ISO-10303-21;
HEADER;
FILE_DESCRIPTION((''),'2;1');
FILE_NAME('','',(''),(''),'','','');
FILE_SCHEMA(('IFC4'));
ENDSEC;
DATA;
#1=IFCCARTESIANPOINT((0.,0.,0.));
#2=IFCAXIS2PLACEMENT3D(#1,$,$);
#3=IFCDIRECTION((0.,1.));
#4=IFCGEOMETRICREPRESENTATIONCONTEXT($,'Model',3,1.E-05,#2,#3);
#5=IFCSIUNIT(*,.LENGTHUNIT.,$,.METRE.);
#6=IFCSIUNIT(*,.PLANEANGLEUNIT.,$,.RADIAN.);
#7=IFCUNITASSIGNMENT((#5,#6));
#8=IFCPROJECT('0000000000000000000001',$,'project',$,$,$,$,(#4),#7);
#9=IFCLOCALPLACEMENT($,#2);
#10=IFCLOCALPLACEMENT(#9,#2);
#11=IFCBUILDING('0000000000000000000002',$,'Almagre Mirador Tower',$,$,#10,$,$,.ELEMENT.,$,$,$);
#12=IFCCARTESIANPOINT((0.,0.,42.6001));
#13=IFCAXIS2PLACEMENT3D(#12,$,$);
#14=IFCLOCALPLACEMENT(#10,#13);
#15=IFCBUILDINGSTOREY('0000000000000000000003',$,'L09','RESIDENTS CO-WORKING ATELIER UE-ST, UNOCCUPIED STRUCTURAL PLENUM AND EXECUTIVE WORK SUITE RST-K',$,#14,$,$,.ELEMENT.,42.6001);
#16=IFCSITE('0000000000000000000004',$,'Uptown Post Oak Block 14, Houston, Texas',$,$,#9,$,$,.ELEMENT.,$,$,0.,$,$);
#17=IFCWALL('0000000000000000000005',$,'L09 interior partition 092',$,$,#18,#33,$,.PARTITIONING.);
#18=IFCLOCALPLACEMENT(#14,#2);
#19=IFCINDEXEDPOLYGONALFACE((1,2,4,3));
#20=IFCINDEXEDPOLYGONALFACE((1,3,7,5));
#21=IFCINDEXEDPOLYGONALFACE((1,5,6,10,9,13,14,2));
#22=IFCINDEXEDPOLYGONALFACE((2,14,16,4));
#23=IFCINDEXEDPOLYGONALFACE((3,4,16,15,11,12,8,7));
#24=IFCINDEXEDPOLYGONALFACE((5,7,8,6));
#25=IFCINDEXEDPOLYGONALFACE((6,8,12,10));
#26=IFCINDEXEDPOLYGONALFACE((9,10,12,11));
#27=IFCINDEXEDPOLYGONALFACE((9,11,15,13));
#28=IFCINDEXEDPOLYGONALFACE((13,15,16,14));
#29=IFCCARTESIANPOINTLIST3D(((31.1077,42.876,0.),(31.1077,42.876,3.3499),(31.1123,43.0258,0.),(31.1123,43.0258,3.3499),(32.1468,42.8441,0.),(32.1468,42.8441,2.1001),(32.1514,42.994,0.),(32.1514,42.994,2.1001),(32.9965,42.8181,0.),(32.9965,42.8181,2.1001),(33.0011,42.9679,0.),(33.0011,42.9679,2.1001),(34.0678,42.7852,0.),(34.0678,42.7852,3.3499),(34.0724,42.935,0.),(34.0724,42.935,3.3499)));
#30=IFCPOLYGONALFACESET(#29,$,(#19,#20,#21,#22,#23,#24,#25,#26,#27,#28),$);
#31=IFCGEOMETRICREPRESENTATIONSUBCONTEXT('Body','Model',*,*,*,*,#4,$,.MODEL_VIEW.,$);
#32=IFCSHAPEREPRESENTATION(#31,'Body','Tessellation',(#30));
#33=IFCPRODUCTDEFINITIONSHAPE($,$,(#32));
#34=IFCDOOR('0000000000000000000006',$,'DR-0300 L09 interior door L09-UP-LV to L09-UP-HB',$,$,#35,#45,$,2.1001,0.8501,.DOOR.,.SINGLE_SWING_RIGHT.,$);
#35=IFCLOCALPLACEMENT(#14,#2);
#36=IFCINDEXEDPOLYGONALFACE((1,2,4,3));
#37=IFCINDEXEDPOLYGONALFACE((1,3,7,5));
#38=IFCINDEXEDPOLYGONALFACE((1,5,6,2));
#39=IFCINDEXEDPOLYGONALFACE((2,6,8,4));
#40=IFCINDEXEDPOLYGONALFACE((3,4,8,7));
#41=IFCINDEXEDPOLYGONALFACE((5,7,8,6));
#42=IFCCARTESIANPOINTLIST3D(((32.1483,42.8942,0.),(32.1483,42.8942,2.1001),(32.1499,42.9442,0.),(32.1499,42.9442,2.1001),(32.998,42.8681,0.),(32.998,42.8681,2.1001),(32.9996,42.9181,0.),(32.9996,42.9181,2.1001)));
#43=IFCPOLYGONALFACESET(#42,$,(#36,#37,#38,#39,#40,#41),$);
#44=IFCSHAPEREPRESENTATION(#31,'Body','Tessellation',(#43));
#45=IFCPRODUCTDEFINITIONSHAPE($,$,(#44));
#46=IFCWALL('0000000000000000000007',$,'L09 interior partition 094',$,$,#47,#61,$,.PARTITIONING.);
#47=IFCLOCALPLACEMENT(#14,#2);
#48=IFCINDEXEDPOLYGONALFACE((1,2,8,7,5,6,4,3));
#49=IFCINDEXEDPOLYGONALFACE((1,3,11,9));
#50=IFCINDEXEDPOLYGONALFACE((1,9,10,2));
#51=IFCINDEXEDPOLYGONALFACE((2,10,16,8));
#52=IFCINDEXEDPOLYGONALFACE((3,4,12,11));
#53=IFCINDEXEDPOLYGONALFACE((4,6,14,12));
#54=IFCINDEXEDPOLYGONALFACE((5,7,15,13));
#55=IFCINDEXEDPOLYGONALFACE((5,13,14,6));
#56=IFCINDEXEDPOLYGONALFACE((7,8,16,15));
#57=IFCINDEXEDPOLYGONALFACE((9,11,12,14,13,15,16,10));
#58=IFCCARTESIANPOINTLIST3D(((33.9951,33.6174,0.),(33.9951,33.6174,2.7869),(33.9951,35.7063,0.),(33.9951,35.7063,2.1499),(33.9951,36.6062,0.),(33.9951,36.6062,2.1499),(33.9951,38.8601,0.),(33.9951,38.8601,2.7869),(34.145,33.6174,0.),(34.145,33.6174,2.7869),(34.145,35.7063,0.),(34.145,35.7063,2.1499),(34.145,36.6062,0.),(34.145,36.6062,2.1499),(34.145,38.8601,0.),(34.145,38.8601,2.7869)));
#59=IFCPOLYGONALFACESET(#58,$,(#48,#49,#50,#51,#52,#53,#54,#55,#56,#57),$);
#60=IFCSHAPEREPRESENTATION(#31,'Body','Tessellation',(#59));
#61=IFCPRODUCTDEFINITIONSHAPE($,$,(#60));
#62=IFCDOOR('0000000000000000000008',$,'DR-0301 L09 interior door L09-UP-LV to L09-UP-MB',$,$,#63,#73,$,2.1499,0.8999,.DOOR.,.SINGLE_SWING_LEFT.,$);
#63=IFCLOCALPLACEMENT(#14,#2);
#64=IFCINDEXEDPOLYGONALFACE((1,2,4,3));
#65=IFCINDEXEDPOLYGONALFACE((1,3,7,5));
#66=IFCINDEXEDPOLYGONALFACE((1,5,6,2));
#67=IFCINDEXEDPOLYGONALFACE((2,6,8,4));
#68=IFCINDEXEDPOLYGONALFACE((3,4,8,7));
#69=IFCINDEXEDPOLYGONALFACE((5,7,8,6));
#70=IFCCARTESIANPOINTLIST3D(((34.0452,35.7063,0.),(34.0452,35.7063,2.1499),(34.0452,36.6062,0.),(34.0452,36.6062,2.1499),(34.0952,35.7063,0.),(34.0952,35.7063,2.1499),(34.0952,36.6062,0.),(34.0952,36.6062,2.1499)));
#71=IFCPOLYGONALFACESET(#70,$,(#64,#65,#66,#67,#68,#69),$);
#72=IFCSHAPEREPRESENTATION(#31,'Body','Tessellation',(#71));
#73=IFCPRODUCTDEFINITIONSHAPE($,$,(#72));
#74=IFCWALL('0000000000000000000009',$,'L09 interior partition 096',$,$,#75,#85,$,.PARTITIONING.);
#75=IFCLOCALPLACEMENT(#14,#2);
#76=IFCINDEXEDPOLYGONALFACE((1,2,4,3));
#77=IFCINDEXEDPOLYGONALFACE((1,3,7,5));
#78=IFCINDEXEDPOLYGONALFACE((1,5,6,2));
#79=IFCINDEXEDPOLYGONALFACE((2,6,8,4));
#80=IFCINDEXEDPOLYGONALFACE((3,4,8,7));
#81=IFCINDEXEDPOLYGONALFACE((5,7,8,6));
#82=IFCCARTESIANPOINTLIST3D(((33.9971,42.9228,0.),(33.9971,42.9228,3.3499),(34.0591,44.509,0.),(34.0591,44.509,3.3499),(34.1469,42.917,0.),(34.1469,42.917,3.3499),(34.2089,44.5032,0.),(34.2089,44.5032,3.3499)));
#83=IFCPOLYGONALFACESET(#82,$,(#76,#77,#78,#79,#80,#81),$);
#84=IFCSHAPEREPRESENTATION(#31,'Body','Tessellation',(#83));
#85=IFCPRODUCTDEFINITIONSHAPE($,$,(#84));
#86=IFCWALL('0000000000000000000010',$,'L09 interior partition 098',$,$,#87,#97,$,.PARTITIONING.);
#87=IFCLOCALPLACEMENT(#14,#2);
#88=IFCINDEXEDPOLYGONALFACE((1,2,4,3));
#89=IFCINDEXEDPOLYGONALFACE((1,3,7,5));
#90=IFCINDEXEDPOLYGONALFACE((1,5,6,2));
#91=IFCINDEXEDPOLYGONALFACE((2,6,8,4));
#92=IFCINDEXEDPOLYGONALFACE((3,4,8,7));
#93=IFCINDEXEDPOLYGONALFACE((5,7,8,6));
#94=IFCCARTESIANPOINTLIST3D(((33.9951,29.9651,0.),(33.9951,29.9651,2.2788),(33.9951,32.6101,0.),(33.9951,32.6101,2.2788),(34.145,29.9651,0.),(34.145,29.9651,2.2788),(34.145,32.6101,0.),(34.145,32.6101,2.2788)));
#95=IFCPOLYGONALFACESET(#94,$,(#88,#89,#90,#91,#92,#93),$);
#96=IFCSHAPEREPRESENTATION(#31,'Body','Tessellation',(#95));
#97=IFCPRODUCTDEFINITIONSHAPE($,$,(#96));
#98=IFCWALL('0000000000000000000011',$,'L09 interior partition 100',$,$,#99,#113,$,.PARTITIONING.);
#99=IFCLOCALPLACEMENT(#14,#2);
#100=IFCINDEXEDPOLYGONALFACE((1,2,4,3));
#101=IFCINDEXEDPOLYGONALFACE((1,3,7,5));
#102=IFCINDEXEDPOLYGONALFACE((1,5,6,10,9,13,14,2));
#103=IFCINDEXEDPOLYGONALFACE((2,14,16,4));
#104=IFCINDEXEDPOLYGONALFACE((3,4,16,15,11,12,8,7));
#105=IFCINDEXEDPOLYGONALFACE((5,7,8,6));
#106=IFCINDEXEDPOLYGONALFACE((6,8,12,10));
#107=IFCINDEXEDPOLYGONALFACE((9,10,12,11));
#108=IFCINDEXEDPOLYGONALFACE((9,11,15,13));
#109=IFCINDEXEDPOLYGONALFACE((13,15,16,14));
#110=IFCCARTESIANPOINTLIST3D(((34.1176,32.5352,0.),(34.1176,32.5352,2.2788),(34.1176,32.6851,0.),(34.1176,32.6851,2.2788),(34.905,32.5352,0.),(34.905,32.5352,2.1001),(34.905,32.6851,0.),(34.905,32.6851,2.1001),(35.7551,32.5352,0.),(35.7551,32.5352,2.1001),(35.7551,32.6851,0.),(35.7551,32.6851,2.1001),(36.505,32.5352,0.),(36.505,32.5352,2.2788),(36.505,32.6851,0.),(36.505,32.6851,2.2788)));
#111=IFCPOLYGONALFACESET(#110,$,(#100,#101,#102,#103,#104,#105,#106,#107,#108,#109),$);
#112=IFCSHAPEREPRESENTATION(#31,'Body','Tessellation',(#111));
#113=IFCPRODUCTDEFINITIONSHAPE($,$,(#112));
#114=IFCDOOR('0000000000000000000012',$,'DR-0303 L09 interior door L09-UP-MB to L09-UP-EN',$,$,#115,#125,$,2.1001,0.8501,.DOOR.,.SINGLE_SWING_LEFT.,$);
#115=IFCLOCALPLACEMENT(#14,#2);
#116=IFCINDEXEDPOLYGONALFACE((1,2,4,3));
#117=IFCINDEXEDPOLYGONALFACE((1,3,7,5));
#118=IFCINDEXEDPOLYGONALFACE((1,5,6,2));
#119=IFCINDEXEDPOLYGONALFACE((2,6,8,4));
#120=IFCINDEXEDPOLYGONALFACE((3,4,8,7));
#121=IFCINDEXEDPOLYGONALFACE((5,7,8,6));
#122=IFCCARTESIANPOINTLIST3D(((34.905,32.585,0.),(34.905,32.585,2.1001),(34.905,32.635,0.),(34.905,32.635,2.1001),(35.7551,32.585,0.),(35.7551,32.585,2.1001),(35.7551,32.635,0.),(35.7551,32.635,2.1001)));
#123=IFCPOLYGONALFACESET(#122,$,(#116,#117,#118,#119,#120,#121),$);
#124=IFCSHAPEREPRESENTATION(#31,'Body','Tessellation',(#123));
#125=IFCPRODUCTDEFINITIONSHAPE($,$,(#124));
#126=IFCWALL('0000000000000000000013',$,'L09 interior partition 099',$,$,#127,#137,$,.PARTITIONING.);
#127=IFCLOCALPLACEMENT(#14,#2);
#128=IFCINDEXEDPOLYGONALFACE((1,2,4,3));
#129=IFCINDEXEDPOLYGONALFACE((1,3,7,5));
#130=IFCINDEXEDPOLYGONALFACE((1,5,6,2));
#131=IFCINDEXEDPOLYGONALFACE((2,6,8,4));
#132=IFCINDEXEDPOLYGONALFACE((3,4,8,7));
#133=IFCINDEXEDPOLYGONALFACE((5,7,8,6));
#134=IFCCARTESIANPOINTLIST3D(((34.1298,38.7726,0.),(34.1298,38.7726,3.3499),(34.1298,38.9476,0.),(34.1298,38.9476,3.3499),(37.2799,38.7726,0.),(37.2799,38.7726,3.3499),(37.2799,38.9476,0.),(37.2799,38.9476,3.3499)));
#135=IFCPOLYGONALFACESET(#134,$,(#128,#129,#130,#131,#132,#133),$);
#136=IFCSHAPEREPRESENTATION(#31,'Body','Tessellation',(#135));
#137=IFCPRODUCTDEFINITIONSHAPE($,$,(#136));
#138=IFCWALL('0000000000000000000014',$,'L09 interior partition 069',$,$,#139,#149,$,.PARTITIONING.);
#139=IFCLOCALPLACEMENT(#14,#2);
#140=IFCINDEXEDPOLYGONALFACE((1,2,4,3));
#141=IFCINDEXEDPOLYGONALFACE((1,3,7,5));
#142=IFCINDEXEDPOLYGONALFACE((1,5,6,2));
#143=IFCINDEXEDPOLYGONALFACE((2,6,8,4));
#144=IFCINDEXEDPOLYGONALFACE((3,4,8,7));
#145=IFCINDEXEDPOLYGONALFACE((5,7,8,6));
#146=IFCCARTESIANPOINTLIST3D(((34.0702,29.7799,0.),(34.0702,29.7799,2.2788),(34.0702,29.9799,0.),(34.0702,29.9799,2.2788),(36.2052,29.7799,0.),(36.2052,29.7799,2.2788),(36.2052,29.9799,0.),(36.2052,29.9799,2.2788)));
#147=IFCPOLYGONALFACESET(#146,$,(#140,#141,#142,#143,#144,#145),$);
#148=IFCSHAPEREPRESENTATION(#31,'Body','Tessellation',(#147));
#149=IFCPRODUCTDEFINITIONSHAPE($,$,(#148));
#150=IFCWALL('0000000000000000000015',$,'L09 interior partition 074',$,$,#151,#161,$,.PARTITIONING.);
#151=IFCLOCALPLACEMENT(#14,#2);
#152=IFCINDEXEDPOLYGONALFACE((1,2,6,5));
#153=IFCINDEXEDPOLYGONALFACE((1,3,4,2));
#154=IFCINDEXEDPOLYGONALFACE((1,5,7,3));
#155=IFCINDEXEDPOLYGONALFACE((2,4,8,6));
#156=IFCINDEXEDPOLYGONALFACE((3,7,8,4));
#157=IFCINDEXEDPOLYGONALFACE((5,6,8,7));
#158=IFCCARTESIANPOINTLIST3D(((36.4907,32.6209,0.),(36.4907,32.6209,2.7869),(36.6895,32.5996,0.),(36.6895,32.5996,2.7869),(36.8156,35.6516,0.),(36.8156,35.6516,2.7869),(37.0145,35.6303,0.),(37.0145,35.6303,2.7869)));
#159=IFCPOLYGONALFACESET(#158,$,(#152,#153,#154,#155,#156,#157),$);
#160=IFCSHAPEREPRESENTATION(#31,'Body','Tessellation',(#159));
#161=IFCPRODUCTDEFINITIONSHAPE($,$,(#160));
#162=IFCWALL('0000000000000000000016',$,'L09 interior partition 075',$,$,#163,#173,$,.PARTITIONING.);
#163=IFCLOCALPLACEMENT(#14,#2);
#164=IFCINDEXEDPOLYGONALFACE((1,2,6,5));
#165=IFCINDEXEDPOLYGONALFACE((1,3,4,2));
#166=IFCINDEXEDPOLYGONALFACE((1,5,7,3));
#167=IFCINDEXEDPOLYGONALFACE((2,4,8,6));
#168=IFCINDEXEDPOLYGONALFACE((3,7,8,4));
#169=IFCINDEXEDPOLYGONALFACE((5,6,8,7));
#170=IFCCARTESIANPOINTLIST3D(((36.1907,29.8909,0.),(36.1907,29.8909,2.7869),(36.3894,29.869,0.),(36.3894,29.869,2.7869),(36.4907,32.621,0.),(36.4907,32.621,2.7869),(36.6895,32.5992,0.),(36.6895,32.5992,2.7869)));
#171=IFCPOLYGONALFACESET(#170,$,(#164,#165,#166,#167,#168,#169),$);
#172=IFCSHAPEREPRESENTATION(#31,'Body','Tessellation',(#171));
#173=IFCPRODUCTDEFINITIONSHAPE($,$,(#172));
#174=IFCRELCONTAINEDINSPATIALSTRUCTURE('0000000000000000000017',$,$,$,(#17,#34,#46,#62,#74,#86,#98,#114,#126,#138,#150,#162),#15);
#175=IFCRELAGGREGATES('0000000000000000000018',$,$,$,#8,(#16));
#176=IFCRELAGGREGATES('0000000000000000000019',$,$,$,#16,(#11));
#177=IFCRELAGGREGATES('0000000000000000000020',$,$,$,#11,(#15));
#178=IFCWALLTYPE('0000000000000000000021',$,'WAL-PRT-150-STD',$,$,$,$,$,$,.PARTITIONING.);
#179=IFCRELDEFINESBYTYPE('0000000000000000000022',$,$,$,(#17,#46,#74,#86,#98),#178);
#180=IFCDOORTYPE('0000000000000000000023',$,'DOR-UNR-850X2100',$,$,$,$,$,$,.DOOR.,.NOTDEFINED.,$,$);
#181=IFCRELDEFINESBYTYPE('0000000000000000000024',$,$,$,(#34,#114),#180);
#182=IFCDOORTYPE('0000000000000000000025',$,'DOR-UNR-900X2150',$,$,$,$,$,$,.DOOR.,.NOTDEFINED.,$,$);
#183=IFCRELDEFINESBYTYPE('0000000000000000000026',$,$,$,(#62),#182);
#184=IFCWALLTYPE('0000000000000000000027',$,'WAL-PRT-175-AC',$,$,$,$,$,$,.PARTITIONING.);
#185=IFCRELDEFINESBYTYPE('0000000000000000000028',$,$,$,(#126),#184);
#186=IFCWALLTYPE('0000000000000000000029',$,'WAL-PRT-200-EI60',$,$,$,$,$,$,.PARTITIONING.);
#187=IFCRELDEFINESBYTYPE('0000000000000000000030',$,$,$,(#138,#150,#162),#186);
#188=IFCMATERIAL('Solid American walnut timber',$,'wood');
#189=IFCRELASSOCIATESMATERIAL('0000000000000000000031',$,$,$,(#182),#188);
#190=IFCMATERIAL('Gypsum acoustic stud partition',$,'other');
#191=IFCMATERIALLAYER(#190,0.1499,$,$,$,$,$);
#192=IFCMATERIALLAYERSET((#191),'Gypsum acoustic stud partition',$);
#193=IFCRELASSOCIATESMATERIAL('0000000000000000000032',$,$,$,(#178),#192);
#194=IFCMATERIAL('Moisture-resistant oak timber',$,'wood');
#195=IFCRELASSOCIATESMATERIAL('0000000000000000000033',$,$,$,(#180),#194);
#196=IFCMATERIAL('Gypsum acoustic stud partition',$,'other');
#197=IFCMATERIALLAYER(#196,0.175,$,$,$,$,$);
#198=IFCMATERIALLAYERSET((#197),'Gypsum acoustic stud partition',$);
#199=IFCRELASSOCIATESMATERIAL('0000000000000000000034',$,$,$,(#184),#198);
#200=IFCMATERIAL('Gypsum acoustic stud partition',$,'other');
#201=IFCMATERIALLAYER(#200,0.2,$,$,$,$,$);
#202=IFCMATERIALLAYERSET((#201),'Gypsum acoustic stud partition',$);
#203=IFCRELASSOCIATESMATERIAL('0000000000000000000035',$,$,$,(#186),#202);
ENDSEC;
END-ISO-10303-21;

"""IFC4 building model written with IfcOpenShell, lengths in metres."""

from ifc_helpers import new_model, si_unit, direction, frame, frame_2d, origin, place, context, subcontext, project, spatial, rectangle, extrude, material, layer, layer_set, type_object, element, fill, save


model = new_model("IFC4")

# Units and contexts
model_context = context("Model", 3, precision=1e-05, world=origin(), true_north=direction((0.0, 1.0)))
body_context = subcontext(model_context, "Body", "Model", "MODEL_VIEW")
ifc_project = project(units=[si_unit("LENGTHUNIT", "METRE"), si_unit("PLANEANGLEUNIT", "RADIAN")], contexts=[model_context])

# Site, building, storey
site_placement = place(None, origin())
site = spatial("IfcSite", under=ifc_project, at=site_placement, Name="Uptown Post Oak Block 14, Houston, Texas", CompositionType="ELEMENT", RefElevation=0.0)
building_placement = place(site_placement, origin())
building = spatial("IfcBuilding", under=site, at=building_placement, Name="Almagre Mirador Tower", CompositionType="ELEMENT")
storey_placement = place(building_placement, frame((0.0, 0.0, 42.6001)))
storey = spatial("IfcBuildingStorey", under=building, at=storey_placement, Name="L09", Description="RESIDENTS CO-WORKING ATELIER UE-ST, UNOCCUPIED STRUCTURAL PLENUM AND EXECUTIVE WORK SUITE RST-K", CompositionType="ELEMENT", Elevation=42.6001)

# Shared definitions
ifc_material_1 = material(Name="Solid American walnut timber", Category="wood")
door_type_1 = type_object("IfcDoorType", Name="DOR-UNR-900X2150", OperationType="NOTDEFINED", PredefinedType="DOOR", material=ifc_material_1)

# Walls, openings, doors
ifc_material_2 = material(Name="Gypsum acoustic stud partition", Category="other")
ifc_layer_1 = layer(ifc_material_2, 0.1499)
ifc_layer_set_1 = layer_set([ifc_layer_1], Name="Gypsum acoustic stud partition")
wall_type_1 = type_object("IfcWallType", Name="WAL-PRT-150-STD", PredefinedType="PARTITIONING", material=ifc_layer_set_1)
wall_1_placement = place(storey_placement, frame((34.0701, 42.8601, 0.0), z_axis=(0.0, 0.0, 1.0), x_axis=(-0.99953, 0.030669, 0.0)))
wall_1 = element("IfcWall", 1, at=wall_1_placement, inside=storey, type_object=wall_type_1, Name="L09 interior partition 092", PredefinedType="PARTITIONING", context=body_context, shape_type="SweptSolid", body=[
    extrude(rectangle(XDim=2.9614, YDim=0.1499, at=frame_2d((1.4807, 0.0))), origin(), (0.0, 0.0, 1.0), 3.3499),
])
opening_1_placement = place(wall_1_placement, frame((1.0718, 0.0, 0.0)))
opening_1 = element("IfcOpeningElement", 2, at=opening_1_placement, cuts=wall_1, PredefinedType="OPENING", context=body_context, shape_type="SweptSolid", body=[
    extrude(rectangle(XDim=0.8501, YDim=2.1001, at=frame_2d((0.425, 1.05))), frame((0.0, 0.085, 0.0), z_axis=(0.0, -1.0, 0.0), x_axis=(1.0, 0.0, 0.0)), (0.0, 0.0, 1.0), 0.1699),
])
ifc_material_3 = material(Name="Moisture-resistant oak timber", Category="wood")
door_type_2 = type_object("IfcDoorType", Name="DOR-UNR-850X2100", OperationType="NOTDEFINED", PredefinedType="DOOR", material=ifc_material_3)
door_1_placement = place(opening_1_placement, origin())
door_1 = element("IfcDoor", 3, at=door_1_placement, inside=storey, type_object=door_type_2, Name="DR-0300 L09 interior door L09-UP-LV to L09-UP-HB", OperationType="SINGLE_SWING_RIGHT", OverallHeight=2.1001, OverallWidth=0.8501, PredefinedType="DOOR", context=body_context, shape_type="SweptSolid", body=[
    extrude(rectangle(XDim=0.8501, YDim=2.1001, at=frame_2d((0.425, 1.05))), frame((0.0, 0.0249, 0.0), z_axis=(0.0, -1.0, 0.0), x_axis=(1.0, 0.0, 0.0)), (0.0, 0.0, 1.0), 0.05),
])
fill(opening_1, door_1)
wall_2_placement = place(storey_placement, frame((34.0701, 33.6174, 0.0), z_axis=(0.0, 0.0, 1.0), x_axis=(0.0, 1.0, 0.0)))
wall_2 = element("IfcWall", 4, at=wall_2_placement, inside=storey, type_object=wall_type_1, Name="L09 interior partition 094", PredefinedType="PARTITIONING", context=body_context, shape_type="SweptSolid", body=[
    extrude(rectangle(XDim=5.2427, YDim=0.1499, at=frame_2d((2.6213, 0.0))), origin(), (0.0, 0.0, 1.0), 2.7869),
])
opening_2_placement = place(wall_2_placement, frame((2.0889, 0.0, 0.0)))
opening_2 = element("IfcOpeningElement", 5, at=opening_2_placement, cuts=wall_2, PredefinedType="OPENING", context=body_context, shape_type="SweptSolid", body=[
    extrude(rectangle(XDim=0.8999, YDim=2.1499, at=frame_2d((0.45, 1.075))), frame((0.0, 0.085, 0.0), z_axis=(0.0, -1.0, 0.0), x_axis=(1.0, 0.0, 0.0)), (0.0, 0.0, 1.0), 0.1699),
])
door_2_placement = place(opening_2_placement, origin())
door_2 = element("IfcDoor", 6, at=door_2_placement, inside=storey, type_object=door_type_1, Name="DR-0301 L09 interior door L09-UP-LV to L09-UP-MB", OperationType="SINGLE_SWING_LEFT", OverallHeight=2.1499, OverallWidth=0.8999, PredefinedType="DOOR", context=body_context, shape_type="SweptSolid", body=[
    extrude(rectangle(XDim=0.8999, YDim=2.1499, at=frame_2d((0.45, 1.075))), frame((0.0, 0.0249, 0.0), z_axis=(0.0, -1.0, 0.0), x_axis=(1.0, 0.0, 0.0)), (0.0, 0.0, 1.0), 0.05),
])
fill(opening_2, door_2)

# Walls
wall_3_placement = place(storey_placement, frame((34.072, 42.9199, 0.0), z_axis=(0.0, 0.0, 1.0), x_axis=(0.039065, 0.999237, 0.0)))
element("IfcWall", 7, at=wall_3_placement, inside=storey, type_object=wall_type_1, Name="L09 interior partition 096", PredefinedType="PARTITIONING", context=body_context, shape_type="SweptSolid", body=[
    extrude(rectangle(XDim=1.5874, YDim=0.1499, at=frame_2d((0.7937, 0.0))), origin(), (0.0, 0.0, 1.0), 3.3499),
])
wall_4_placement = place(storey_placement, frame((34.0701, 29.9651, 0.0), z_axis=(0.0, 0.0, 1.0), x_axis=(0.0, 1.0, 0.0)))
element("IfcWall", 8, at=wall_4_placement, inside=storey, type_object=wall_type_1, Name="L09 interior partition 098", PredefinedType="PARTITIONING", context=body_context, shape_type="SweptSolid", body=[
    extrude(rectangle(XDim=2.645, YDim=0.1499, at=frame_2d((1.3225, 0.0))), origin(), (0.0, 0.0, 1.0), 2.2788),
])

# Wall, opening, door
wall_5_placement = place(storey_placement, frame((34.1174, 32.6101, 0.0), z_axis=(0.0, 0.0, 1.0), x_axis=(1.0, 0.0, 0.0)))
wall_5 = element("IfcWall", 9, at=wall_5_placement, inside=storey, type_object=wall_type_1, Name="L09 interior partition 100", PredefinedType="PARTITIONING", context=body_context, shape_type="SweptSolid", body=[
    extrude(rectangle(XDim=2.3875, YDim=0.1499, at=frame_2d((1.1938, 0.0))), origin(), (0.0, 0.0, 1.0), 2.2788),
])
opening_3_placement = place(wall_5_placement, frame((0.7876, 0.0, 0.0)))
opening_3 = element("IfcOpeningElement", 10, at=opening_3_placement, cuts=wall_5, PredefinedType="OPENING", context=body_context, shape_type="SweptSolid", body=[
    extrude(rectangle(XDim=0.8501, YDim=2.1001, at=frame_2d((0.425, 1.05))), frame((0.0, 0.085, 0.0), z_axis=(0.0, -1.0, 0.0), x_axis=(1.0, 0.0, 0.0)), (0.0, 0.0, 1.0), 0.1699),
])
door_3_placement = place(opening_3_placement, origin())
door_3 = element("IfcDoor", 11, at=door_3_placement, inside=storey, type_object=door_type_2, Name="DR-0303 L09 interior door L09-UP-MB to L09-UP-EN", OperationType="SINGLE_SWING_LEFT", OverallHeight=2.1001, OverallWidth=0.8501, PredefinedType="DOOR", context=body_context, shape_type="SweptSolid", body=[
    extrude(rectangle(XDim=0.8501, YDim=2.1001, at=frame_2d((0.425, 1.05))), frame((0.0, 0.0249, 0.0), z_axis=(0.0, -1.0, 0.0), x_axis=(1.0, 0.0, 0.0)), (0.0, 0.0, 1.0), 0.05),
])
fill(opening_3, door_3)

# Walls
ifc_material_4 = material(Name="Gypsum acoustic stud partition", Category="other")
ifc_layer_2 = layer(ifc_material_4, 0.175)
ifc_layer_set_2 = layer_set([ifc_layer_2], Name="Gypsum acoustic stud partition")
wall_type_2 = type_object("IfcWallType", Name="WAL-PRT-175-AC", PredefinedType="PARTITIONING", material=ifc_layer_set_2)
wall_6_placement = place(storey_placement, frame((37.28, 38.8601, 0.0), z_axis=(0.0, 0.0, 1.0), x_axis=(-1.0, 0.0, 0.0)))
element("IfcWall", 12, at=wall_6_placement, inside=storey, type_object=wall_type_2, Name="L09 interior partition 099", PredefinedType="PARTITIONING", context=body_context, shape_type="SweptSolid", body=[
    extrude(rectangle(XDim=3.1501, YDim=0.175, at=frame_2d((1.5752, 0.0))), origin(), (0.0, 0.0, 1.0), 3.3499),
])
ifc_material_5 = material(Name="Gypsum acoustic stud partition", Category="other")
ifc_layer_3 = layer(ifc_material_5, 0.2)
ifc_layer_set_3 = layer_set([ifc_layer_3], Name="Gypsum acoustic stud partition")
wall_type_3 = type_object("IfcWallType", Name="WAL-PRT-200-EI60", PredefinedType="PARTITIONING", material=ifc_layer_set_3)
wall_7_placement = place(storey_placement, frame((36.2051, 29.8799, 0.0), z_axis=(0.0, 0.0, 1.0), x_axis=(-1.0, 0.0, 0.0)))
element("IfcWall", 13, at=wall_7_placement, inside=storey, type_object=wall_type_3, Name="L09 interior partition 069", PredefinedType="PARTITIONING", context=body_context, shape_type="SweptSolid", body=[
    extrude(rectangle(XDim=2.135, YDim=0.2, at=frame_2d((1.0674, 0.0))), origin(), (0.0, 0.0, 1.0), 2.2788),
])
wall_8_placement = place(storey_placement, frame((36.915, 35.6409, 0.0), z_axis=(0.0, 0.0, 1.0), x_axis=(-0.106607, -0.994301, 0.0)))
element("IfcWall", 14, at=wall_8_placement, inside=storey, type_object=wall_type_3, Name="L09 interior partition 074", PredefinedType="PARTITIONING", context=body_context, shape_type="SweptSolid", body=[
    extrude(rectangle(XDim=3.0481, YDim=0.2, at=frame_2d((1.5239, 0.0))), origin(), (0.0, 0.0, 1.0), 2.7869),
])
wall_9_placement = place(storey_placement, frame((36.5901, 32.6101, 0.0), z_axis=(0.0, 0.0, 1.0), x_axis=(-0.109241, -0.994015, 0.0)))
element("IfcWall", 15, at=wall_9_placement, inside=storey, type_object=wall_type_3, Name="L09 interior partition 075", PredefinedType="PARTITIONING", context=body_context, shape_type="SweptSolid", body=[
    extrude(rectangle(XDim=2.7466, YDim=0.2, at=frame_2d((1.3733, 0.0))), origin(), (0.0, 0.0, 1.0), 2.7869),
])

save(model, "model.ifc")
